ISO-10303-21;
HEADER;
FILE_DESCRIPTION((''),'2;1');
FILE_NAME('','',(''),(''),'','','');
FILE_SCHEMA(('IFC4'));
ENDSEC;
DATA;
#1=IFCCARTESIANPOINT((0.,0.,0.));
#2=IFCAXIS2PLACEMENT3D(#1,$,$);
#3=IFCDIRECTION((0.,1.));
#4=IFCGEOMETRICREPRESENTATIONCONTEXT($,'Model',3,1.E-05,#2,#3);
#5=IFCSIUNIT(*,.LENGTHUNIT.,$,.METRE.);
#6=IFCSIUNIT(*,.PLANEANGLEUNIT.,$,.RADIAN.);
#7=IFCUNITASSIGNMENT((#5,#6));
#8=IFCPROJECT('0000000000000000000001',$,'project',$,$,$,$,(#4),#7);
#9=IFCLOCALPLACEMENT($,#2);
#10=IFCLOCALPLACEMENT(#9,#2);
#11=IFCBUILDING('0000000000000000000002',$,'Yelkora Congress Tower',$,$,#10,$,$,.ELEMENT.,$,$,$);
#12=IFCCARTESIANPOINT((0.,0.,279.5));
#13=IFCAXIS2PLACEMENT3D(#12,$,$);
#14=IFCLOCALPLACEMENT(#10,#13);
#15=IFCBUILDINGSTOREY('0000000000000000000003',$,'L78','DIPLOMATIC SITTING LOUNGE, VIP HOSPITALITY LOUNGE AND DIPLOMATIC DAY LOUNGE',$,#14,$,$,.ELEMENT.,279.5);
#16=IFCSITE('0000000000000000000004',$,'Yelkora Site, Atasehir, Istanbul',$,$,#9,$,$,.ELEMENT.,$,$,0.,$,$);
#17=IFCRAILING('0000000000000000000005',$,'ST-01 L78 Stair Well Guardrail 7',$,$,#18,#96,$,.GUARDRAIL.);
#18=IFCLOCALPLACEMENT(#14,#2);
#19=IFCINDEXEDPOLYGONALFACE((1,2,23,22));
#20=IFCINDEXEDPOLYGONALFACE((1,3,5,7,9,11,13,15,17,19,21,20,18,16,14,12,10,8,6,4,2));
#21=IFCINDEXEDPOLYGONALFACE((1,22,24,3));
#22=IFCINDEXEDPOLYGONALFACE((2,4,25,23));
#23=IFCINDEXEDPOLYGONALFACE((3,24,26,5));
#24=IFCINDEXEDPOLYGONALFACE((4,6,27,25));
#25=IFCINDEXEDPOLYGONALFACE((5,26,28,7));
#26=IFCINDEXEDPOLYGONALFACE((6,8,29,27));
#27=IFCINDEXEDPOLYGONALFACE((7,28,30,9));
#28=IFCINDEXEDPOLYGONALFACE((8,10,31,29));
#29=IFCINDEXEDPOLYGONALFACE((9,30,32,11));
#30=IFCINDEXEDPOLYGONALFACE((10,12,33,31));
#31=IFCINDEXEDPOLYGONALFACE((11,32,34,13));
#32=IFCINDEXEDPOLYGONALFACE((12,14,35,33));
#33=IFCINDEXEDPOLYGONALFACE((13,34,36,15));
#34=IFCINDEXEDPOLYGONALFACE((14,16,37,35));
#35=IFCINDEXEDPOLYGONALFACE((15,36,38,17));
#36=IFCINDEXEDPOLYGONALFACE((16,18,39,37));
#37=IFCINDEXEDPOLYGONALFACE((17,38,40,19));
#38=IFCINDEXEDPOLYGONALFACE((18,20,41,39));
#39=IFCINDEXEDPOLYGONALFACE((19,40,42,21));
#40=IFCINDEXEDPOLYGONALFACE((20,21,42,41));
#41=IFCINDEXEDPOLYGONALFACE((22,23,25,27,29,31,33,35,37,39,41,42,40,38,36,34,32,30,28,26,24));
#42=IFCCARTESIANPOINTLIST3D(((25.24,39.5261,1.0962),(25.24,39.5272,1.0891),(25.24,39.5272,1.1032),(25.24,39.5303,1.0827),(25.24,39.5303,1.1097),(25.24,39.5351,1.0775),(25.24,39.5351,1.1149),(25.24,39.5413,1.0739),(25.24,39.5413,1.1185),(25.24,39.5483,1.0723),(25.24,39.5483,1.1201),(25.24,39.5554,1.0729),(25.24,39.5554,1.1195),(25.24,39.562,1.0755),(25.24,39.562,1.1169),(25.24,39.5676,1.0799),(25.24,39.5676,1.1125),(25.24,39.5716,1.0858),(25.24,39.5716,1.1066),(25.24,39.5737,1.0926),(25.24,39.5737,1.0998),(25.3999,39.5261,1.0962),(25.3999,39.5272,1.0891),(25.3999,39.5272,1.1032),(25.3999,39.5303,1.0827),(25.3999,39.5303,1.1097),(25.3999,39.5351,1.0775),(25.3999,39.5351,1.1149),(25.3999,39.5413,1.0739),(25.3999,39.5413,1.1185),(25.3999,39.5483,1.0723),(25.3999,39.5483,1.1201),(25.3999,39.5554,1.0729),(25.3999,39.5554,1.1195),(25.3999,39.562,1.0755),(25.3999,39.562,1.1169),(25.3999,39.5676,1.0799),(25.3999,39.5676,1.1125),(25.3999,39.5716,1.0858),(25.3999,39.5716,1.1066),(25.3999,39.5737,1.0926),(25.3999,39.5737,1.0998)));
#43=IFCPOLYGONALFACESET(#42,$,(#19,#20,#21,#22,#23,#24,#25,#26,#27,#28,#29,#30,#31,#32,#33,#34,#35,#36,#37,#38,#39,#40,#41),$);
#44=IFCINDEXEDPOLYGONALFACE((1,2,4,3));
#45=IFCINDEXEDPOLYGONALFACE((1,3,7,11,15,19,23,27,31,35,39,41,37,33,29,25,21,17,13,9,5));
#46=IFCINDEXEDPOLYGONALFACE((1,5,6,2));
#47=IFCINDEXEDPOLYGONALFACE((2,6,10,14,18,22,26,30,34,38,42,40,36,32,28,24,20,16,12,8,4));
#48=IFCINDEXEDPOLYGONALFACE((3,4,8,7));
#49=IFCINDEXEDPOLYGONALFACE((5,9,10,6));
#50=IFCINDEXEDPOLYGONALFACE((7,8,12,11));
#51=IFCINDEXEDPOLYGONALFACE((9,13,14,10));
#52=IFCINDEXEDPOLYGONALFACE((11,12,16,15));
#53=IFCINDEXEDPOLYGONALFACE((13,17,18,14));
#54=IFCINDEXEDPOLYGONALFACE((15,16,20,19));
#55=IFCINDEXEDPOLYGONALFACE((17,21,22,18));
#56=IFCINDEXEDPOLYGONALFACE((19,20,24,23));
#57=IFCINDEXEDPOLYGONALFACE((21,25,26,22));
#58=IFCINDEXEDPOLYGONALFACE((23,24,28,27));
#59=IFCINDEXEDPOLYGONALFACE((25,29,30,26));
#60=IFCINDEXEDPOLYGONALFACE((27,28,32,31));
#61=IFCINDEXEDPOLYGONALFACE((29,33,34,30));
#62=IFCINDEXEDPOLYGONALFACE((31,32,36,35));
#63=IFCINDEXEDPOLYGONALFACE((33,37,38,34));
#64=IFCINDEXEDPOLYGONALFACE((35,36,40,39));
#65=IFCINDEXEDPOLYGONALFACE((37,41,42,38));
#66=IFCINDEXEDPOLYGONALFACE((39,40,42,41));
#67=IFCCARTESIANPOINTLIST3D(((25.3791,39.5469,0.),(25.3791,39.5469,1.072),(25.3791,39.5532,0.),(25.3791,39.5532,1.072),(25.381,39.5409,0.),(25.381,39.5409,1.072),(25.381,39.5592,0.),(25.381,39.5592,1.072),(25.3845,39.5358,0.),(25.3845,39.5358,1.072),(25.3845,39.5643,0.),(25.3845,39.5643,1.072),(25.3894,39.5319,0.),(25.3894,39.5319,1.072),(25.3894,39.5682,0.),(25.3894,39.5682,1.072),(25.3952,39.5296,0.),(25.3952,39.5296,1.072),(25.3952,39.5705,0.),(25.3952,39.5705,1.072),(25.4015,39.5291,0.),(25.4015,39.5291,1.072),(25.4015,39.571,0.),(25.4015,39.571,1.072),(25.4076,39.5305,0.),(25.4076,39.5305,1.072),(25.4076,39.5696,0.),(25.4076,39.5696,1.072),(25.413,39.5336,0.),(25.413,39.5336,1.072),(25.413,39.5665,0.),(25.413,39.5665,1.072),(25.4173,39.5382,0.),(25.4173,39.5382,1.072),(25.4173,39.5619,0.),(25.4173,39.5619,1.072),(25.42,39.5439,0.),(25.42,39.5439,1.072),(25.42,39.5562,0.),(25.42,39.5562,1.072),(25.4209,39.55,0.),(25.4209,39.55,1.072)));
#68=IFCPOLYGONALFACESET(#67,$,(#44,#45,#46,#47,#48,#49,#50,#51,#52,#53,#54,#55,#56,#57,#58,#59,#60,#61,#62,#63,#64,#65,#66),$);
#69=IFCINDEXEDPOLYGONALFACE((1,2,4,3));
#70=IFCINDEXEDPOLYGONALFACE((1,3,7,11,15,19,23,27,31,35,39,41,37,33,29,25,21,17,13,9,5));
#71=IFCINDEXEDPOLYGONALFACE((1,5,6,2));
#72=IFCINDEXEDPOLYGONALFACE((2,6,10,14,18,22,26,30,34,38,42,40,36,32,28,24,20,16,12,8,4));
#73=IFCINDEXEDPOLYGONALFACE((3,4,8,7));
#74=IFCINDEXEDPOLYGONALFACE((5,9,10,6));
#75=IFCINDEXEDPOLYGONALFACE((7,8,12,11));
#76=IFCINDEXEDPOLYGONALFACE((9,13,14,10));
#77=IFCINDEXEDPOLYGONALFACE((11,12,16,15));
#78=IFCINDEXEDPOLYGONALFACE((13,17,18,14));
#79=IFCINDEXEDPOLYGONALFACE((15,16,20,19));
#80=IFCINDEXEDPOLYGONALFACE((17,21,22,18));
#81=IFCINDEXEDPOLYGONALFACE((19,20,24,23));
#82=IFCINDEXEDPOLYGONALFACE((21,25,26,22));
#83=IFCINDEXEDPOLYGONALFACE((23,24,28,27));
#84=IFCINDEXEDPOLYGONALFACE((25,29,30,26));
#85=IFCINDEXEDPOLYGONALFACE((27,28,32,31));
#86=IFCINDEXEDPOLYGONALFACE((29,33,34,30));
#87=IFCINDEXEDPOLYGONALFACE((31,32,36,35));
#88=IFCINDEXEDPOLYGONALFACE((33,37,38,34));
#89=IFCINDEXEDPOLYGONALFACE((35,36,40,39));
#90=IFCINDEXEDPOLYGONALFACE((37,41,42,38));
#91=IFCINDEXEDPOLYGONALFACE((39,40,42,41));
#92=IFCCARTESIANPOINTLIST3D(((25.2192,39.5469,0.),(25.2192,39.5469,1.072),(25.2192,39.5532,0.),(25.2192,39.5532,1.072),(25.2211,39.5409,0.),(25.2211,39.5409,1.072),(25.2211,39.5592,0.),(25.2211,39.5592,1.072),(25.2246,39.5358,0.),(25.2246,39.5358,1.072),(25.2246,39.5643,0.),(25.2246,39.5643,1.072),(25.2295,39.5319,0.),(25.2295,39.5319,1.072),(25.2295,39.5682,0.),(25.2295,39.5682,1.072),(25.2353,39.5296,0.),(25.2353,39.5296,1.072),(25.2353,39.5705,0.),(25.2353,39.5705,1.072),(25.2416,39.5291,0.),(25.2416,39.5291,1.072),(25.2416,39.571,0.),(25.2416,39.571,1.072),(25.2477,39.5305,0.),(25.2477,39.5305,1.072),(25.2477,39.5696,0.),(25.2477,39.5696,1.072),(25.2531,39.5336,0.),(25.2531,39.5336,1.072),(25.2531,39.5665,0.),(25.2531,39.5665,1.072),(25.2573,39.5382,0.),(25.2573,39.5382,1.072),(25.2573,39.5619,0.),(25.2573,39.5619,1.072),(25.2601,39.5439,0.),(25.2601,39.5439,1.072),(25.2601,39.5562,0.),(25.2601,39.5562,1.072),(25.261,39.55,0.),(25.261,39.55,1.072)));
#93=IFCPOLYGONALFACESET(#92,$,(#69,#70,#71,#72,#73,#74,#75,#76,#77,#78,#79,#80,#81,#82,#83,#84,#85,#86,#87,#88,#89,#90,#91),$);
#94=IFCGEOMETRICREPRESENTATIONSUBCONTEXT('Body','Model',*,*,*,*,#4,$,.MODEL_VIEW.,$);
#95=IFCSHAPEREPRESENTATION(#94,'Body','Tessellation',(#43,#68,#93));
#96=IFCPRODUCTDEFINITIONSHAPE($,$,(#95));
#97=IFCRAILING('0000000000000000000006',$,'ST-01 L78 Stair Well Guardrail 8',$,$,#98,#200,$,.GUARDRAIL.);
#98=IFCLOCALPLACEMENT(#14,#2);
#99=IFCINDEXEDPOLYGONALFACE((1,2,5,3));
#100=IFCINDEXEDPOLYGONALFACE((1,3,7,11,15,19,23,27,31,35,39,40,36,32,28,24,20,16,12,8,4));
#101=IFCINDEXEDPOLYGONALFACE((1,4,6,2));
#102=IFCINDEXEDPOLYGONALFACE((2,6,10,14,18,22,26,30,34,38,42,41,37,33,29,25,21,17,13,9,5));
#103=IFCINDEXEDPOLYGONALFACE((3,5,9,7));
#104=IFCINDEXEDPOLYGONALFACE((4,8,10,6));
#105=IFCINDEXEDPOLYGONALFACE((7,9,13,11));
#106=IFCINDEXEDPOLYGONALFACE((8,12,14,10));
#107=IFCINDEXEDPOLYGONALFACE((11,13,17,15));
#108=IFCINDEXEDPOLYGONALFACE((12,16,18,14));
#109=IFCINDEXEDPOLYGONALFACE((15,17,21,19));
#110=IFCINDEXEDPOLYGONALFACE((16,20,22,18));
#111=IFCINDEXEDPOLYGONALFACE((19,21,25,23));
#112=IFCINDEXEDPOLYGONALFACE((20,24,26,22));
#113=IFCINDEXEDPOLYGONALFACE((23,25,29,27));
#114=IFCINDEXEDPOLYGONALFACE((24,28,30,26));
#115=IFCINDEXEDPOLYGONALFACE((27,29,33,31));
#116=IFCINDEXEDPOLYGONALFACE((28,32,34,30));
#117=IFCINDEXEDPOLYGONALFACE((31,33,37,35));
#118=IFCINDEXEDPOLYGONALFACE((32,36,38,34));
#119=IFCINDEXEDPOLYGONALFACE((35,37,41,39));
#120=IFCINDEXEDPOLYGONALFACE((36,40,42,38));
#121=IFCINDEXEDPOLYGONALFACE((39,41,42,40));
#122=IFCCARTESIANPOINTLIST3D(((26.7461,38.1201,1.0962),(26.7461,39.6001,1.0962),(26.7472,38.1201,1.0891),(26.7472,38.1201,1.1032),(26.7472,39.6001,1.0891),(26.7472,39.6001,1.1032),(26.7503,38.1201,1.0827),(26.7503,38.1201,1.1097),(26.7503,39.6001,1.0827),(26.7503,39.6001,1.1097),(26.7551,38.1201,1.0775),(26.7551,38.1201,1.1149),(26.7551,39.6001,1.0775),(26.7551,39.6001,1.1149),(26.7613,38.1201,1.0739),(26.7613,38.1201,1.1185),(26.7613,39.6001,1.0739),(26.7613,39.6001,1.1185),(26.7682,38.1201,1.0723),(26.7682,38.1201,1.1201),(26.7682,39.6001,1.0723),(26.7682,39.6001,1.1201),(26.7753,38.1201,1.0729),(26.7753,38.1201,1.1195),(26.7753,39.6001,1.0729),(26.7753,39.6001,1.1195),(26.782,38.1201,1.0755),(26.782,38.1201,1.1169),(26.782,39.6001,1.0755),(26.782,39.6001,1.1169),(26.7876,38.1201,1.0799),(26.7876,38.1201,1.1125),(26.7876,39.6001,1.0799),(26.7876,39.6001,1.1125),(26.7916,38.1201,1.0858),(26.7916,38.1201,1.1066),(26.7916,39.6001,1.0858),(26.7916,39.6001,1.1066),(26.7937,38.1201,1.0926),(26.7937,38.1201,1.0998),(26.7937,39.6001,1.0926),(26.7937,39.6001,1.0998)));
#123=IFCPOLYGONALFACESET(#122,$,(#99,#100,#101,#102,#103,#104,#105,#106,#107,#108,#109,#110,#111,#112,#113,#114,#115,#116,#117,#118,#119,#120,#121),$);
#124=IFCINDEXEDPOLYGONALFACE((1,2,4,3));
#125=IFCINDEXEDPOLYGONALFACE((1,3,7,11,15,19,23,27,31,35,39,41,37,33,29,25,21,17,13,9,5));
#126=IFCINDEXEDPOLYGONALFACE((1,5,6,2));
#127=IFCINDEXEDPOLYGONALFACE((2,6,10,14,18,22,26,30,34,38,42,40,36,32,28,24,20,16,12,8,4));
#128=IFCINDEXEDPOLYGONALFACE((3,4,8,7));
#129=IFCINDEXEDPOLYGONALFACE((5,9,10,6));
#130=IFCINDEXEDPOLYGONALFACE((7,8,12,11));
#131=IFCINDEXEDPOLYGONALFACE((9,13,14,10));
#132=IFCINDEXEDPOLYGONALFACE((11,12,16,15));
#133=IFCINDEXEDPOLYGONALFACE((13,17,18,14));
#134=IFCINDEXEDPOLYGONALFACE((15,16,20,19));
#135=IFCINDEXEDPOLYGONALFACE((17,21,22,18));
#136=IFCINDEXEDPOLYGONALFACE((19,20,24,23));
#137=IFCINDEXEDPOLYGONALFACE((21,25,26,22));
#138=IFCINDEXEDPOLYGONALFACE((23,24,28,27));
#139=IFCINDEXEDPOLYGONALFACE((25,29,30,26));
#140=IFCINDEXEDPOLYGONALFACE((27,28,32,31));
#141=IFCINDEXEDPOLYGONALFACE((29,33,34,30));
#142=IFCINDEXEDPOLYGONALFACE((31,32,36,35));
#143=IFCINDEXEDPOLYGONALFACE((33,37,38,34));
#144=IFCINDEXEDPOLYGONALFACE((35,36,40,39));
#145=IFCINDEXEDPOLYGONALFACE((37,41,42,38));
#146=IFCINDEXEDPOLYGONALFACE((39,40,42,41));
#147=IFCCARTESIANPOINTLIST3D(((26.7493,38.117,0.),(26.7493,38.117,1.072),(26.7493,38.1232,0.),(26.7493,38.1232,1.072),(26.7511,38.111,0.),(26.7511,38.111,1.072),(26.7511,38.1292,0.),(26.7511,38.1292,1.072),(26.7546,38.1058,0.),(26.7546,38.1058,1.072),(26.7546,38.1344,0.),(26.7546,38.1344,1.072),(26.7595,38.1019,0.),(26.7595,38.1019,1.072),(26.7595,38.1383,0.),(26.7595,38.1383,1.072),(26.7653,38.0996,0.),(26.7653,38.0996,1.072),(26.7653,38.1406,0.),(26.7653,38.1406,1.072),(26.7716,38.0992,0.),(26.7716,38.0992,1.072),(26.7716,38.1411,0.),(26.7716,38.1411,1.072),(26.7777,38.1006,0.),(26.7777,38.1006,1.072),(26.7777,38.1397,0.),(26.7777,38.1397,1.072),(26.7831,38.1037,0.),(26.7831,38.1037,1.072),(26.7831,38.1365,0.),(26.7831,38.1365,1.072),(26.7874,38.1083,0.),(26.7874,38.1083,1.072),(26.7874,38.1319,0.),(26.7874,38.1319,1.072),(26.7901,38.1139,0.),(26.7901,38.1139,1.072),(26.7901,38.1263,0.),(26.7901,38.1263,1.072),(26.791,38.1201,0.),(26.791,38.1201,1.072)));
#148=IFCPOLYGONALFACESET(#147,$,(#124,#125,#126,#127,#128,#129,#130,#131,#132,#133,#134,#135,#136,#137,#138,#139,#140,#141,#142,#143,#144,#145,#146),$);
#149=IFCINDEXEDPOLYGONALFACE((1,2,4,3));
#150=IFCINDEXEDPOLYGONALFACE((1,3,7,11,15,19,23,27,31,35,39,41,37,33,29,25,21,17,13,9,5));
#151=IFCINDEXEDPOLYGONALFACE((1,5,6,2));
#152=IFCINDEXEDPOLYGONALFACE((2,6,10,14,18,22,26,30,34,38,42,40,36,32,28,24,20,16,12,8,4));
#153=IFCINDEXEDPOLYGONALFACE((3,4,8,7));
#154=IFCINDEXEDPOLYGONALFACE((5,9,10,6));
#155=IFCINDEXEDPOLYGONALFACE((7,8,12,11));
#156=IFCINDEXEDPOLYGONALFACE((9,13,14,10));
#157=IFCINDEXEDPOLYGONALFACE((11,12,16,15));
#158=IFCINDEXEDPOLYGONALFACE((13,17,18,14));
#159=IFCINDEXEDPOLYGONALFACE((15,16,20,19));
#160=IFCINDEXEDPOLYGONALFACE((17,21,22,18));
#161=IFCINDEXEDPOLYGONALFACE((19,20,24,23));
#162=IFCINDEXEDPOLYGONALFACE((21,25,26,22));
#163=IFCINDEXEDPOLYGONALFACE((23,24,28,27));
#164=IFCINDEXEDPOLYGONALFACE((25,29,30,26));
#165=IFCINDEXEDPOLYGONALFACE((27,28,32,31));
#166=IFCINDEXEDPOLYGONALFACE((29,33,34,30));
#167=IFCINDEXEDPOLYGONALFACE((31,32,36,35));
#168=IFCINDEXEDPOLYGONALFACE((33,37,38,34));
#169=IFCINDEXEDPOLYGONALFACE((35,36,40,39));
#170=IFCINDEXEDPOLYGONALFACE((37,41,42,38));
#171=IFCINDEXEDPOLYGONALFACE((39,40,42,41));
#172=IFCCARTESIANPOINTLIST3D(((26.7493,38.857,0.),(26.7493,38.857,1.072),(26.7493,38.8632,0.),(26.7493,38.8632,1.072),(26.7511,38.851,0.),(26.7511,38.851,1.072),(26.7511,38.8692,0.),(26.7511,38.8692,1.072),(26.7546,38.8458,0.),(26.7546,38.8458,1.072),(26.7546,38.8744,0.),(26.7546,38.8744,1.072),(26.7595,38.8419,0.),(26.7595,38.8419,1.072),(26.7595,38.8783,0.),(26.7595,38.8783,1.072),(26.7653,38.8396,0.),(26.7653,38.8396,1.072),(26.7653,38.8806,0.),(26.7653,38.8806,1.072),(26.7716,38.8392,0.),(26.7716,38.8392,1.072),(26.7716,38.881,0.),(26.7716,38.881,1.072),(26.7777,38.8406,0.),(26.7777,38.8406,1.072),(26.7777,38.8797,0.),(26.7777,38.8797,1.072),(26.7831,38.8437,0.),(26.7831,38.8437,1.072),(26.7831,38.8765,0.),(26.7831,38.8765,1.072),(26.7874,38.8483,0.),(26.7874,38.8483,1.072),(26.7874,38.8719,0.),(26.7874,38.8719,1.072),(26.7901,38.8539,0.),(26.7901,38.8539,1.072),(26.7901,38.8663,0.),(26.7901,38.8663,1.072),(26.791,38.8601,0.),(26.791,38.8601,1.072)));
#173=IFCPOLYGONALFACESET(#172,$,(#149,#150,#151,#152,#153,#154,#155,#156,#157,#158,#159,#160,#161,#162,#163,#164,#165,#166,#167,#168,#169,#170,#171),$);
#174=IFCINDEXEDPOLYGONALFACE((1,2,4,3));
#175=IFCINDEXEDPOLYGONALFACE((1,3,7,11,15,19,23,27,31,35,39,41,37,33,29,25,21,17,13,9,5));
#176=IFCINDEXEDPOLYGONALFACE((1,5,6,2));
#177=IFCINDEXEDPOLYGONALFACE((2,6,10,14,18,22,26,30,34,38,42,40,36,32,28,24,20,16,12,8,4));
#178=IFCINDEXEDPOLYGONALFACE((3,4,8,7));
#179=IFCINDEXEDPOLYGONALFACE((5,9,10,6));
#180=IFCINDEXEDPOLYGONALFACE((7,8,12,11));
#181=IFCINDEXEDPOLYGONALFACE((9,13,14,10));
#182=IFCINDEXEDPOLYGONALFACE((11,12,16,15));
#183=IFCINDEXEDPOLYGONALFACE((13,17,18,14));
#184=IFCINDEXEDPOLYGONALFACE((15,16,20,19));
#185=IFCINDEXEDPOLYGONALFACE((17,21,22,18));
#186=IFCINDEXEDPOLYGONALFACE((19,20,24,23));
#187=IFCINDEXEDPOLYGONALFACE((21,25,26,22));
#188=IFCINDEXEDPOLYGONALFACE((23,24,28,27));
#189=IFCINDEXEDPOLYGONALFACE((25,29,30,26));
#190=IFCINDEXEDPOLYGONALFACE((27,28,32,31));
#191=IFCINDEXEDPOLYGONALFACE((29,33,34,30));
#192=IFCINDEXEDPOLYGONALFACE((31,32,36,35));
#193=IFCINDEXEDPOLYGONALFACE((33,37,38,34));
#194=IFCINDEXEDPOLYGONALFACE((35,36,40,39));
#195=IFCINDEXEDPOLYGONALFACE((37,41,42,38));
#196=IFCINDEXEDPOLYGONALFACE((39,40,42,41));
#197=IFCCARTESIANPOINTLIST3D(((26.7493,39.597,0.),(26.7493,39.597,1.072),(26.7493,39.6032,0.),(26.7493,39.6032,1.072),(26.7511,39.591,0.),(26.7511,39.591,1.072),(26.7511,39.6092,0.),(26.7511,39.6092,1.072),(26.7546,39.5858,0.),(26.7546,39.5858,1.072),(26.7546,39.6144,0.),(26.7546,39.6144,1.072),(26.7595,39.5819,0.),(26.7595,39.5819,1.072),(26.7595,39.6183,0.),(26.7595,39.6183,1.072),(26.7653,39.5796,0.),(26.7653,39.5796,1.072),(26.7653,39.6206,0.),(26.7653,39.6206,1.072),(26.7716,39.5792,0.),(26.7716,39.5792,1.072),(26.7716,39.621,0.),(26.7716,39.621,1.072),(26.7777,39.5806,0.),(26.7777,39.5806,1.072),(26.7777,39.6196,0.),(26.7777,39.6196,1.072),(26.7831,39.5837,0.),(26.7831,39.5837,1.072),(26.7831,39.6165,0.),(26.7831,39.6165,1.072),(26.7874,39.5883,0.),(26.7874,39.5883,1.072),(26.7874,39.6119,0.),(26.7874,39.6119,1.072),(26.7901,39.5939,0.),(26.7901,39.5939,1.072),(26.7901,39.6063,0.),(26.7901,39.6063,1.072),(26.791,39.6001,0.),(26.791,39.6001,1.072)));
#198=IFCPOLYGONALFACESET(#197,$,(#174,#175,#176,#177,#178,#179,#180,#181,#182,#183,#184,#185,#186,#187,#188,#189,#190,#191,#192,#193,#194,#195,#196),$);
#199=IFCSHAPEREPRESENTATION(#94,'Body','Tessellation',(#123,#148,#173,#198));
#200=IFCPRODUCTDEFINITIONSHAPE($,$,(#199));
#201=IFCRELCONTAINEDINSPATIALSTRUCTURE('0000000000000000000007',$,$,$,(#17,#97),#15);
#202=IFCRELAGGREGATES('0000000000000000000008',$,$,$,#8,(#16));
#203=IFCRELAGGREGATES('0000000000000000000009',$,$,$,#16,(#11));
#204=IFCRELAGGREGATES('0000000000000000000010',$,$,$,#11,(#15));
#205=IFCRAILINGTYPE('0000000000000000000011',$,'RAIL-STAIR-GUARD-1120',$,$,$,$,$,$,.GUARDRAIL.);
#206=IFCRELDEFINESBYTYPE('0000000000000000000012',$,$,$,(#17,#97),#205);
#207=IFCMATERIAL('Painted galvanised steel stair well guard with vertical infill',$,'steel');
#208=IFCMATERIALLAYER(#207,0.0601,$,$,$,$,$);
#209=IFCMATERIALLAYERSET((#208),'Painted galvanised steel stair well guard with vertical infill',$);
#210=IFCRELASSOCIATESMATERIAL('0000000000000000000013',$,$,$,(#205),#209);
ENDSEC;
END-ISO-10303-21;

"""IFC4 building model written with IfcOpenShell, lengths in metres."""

from ifc_helpers import new_model, si_unit, direction, frame, origin, origin_2d, place, context, subcontext, project, spatial, circle, extrude, material, layer, layer_set, type_object, element, save


model = new_model("IFC4")

# Units and contexts
model_context = context("Model", 3, precision=1e-05, world=origin(), true_north=direction((0.0, 1.0)))
body_context = subcontext(model_context, "Body", "Model", "MODEL_VIEW")
ifc_project = project(units=[si_unit("LENGTHUNIT", "METRE"), si_unit("PLANEANGLEUNIT", "RADIAN")], contexts=[model_context])

# Site, building, storey
site_placement = place(None, origin())
site = spatial("IfcSite", under=ifc_project, at=site_placement, Name="Yelkora Site, Atasehir, Istanbul", CompositionType="ELEMENT", RefElevation=0.0)
building_placement = place(site_placement, origin())
building = spatial("IfcBuilding", under=site, at=building_placement, Name="Yelkora Congress Tower", CompositionType="ELEMENT")
storey_placement = place(building_placement, frame((0.0, 0.0, 279.5)))
storey = spatial("IfcBuildingStorey", under=building, at=storey_placement, Name="L78", Description="DIPLOMATIC SITTING LOUNGE, VIP HOSPITALITY LOUNGE AND DIPLOMATIC DAY LOUNGE", CompositionType="ELEMENT", Elevation=279.5)

# Railings
ifc_material_1 = material(Name="Painted galvanised steel stair well guard with vertical infill", Category="steel")
ifc_layer_1 = layer(ifc_material_1, 0.0601)
ifc_layer_set_1 = layer_set([ifc_layer_1], Name="Painted galvanised steel stair well guard with vertical infill")
railing_type_1 = type_object("IfcRailingType", Name="RAIL-STAIR-GUARD-1120", PredefinedType="GUARDRAIL", material=ifc_layer_set_1)
railing_1_placement = place(storey_placement, frame((25.3999, 39.55, 0.0)))
element("IfcRailing", 1, at=railing_1_placement, inside=storey, type_object=railing_type_1, Name="ST-01 L78 Stair Well Guardrail 7", PredefinedType="GUARDRAIL", context=body_context, shape_type="SweptSolid", body=[
    extrude(circle(Radius=0.0239, at=origin_2d()), frame((0.0, 0.0, 1.0962), z_axis=(-1.0, 0.0, 0.0), x_axis=(0.0, -1.0, 0.0)), (0.0, 0.0, 1.0), 0.1599),
    extrude(circle(Radius=0.021, at=origin_2d()), origin(), (0.0, 0.0, 1.0), 1.072),
    extrude(circle(Radius=0.021, at=origin_2d()), frame((-0.1599, 0.0, 0.0)), (0.0, 0.0, 1.0), 1.072),
])
for number, where, name in (
    (2, (26.77, 38.1201, 0.0), "ST-01 L78 Stair Well Guardrail 8"),
):
    element("IfcRailing", number, at=place(storey_placement, frame(where)), inside=storey, type_object=railing_type_1, Name=name, PredefinedType="GUARDRAIL", context=body_context, shape_type="SweptSolid", body=[
        extrude(circle(Radius=0.0239, at=origin_2d()), frame((0.0, 0.0, 1.0962), z_axis=(0.0, 1.0, 0.0), x_axis=(-1.0, 0.0, 0.0)), (0.0, 0.0, 1.0), 1.48),
        extrude(circle(Radius=0.021, at=origin_2d()), origin(), (0.0, 0.0, 1.0), 1.072),
        extrude(circle(Radius=0.021, at=origin_2d()), frame((0.0, 0.74, 0.0)), (0.0, 0.0, 1.0), 1.072),
        extrude(circle(Radius=0.021, at=origin_2d()), frame((0.0, 1.48, 0.0)), (0.0, 0.0, 1.0), 1.072),
    ])

save(model, "model.ifc")
